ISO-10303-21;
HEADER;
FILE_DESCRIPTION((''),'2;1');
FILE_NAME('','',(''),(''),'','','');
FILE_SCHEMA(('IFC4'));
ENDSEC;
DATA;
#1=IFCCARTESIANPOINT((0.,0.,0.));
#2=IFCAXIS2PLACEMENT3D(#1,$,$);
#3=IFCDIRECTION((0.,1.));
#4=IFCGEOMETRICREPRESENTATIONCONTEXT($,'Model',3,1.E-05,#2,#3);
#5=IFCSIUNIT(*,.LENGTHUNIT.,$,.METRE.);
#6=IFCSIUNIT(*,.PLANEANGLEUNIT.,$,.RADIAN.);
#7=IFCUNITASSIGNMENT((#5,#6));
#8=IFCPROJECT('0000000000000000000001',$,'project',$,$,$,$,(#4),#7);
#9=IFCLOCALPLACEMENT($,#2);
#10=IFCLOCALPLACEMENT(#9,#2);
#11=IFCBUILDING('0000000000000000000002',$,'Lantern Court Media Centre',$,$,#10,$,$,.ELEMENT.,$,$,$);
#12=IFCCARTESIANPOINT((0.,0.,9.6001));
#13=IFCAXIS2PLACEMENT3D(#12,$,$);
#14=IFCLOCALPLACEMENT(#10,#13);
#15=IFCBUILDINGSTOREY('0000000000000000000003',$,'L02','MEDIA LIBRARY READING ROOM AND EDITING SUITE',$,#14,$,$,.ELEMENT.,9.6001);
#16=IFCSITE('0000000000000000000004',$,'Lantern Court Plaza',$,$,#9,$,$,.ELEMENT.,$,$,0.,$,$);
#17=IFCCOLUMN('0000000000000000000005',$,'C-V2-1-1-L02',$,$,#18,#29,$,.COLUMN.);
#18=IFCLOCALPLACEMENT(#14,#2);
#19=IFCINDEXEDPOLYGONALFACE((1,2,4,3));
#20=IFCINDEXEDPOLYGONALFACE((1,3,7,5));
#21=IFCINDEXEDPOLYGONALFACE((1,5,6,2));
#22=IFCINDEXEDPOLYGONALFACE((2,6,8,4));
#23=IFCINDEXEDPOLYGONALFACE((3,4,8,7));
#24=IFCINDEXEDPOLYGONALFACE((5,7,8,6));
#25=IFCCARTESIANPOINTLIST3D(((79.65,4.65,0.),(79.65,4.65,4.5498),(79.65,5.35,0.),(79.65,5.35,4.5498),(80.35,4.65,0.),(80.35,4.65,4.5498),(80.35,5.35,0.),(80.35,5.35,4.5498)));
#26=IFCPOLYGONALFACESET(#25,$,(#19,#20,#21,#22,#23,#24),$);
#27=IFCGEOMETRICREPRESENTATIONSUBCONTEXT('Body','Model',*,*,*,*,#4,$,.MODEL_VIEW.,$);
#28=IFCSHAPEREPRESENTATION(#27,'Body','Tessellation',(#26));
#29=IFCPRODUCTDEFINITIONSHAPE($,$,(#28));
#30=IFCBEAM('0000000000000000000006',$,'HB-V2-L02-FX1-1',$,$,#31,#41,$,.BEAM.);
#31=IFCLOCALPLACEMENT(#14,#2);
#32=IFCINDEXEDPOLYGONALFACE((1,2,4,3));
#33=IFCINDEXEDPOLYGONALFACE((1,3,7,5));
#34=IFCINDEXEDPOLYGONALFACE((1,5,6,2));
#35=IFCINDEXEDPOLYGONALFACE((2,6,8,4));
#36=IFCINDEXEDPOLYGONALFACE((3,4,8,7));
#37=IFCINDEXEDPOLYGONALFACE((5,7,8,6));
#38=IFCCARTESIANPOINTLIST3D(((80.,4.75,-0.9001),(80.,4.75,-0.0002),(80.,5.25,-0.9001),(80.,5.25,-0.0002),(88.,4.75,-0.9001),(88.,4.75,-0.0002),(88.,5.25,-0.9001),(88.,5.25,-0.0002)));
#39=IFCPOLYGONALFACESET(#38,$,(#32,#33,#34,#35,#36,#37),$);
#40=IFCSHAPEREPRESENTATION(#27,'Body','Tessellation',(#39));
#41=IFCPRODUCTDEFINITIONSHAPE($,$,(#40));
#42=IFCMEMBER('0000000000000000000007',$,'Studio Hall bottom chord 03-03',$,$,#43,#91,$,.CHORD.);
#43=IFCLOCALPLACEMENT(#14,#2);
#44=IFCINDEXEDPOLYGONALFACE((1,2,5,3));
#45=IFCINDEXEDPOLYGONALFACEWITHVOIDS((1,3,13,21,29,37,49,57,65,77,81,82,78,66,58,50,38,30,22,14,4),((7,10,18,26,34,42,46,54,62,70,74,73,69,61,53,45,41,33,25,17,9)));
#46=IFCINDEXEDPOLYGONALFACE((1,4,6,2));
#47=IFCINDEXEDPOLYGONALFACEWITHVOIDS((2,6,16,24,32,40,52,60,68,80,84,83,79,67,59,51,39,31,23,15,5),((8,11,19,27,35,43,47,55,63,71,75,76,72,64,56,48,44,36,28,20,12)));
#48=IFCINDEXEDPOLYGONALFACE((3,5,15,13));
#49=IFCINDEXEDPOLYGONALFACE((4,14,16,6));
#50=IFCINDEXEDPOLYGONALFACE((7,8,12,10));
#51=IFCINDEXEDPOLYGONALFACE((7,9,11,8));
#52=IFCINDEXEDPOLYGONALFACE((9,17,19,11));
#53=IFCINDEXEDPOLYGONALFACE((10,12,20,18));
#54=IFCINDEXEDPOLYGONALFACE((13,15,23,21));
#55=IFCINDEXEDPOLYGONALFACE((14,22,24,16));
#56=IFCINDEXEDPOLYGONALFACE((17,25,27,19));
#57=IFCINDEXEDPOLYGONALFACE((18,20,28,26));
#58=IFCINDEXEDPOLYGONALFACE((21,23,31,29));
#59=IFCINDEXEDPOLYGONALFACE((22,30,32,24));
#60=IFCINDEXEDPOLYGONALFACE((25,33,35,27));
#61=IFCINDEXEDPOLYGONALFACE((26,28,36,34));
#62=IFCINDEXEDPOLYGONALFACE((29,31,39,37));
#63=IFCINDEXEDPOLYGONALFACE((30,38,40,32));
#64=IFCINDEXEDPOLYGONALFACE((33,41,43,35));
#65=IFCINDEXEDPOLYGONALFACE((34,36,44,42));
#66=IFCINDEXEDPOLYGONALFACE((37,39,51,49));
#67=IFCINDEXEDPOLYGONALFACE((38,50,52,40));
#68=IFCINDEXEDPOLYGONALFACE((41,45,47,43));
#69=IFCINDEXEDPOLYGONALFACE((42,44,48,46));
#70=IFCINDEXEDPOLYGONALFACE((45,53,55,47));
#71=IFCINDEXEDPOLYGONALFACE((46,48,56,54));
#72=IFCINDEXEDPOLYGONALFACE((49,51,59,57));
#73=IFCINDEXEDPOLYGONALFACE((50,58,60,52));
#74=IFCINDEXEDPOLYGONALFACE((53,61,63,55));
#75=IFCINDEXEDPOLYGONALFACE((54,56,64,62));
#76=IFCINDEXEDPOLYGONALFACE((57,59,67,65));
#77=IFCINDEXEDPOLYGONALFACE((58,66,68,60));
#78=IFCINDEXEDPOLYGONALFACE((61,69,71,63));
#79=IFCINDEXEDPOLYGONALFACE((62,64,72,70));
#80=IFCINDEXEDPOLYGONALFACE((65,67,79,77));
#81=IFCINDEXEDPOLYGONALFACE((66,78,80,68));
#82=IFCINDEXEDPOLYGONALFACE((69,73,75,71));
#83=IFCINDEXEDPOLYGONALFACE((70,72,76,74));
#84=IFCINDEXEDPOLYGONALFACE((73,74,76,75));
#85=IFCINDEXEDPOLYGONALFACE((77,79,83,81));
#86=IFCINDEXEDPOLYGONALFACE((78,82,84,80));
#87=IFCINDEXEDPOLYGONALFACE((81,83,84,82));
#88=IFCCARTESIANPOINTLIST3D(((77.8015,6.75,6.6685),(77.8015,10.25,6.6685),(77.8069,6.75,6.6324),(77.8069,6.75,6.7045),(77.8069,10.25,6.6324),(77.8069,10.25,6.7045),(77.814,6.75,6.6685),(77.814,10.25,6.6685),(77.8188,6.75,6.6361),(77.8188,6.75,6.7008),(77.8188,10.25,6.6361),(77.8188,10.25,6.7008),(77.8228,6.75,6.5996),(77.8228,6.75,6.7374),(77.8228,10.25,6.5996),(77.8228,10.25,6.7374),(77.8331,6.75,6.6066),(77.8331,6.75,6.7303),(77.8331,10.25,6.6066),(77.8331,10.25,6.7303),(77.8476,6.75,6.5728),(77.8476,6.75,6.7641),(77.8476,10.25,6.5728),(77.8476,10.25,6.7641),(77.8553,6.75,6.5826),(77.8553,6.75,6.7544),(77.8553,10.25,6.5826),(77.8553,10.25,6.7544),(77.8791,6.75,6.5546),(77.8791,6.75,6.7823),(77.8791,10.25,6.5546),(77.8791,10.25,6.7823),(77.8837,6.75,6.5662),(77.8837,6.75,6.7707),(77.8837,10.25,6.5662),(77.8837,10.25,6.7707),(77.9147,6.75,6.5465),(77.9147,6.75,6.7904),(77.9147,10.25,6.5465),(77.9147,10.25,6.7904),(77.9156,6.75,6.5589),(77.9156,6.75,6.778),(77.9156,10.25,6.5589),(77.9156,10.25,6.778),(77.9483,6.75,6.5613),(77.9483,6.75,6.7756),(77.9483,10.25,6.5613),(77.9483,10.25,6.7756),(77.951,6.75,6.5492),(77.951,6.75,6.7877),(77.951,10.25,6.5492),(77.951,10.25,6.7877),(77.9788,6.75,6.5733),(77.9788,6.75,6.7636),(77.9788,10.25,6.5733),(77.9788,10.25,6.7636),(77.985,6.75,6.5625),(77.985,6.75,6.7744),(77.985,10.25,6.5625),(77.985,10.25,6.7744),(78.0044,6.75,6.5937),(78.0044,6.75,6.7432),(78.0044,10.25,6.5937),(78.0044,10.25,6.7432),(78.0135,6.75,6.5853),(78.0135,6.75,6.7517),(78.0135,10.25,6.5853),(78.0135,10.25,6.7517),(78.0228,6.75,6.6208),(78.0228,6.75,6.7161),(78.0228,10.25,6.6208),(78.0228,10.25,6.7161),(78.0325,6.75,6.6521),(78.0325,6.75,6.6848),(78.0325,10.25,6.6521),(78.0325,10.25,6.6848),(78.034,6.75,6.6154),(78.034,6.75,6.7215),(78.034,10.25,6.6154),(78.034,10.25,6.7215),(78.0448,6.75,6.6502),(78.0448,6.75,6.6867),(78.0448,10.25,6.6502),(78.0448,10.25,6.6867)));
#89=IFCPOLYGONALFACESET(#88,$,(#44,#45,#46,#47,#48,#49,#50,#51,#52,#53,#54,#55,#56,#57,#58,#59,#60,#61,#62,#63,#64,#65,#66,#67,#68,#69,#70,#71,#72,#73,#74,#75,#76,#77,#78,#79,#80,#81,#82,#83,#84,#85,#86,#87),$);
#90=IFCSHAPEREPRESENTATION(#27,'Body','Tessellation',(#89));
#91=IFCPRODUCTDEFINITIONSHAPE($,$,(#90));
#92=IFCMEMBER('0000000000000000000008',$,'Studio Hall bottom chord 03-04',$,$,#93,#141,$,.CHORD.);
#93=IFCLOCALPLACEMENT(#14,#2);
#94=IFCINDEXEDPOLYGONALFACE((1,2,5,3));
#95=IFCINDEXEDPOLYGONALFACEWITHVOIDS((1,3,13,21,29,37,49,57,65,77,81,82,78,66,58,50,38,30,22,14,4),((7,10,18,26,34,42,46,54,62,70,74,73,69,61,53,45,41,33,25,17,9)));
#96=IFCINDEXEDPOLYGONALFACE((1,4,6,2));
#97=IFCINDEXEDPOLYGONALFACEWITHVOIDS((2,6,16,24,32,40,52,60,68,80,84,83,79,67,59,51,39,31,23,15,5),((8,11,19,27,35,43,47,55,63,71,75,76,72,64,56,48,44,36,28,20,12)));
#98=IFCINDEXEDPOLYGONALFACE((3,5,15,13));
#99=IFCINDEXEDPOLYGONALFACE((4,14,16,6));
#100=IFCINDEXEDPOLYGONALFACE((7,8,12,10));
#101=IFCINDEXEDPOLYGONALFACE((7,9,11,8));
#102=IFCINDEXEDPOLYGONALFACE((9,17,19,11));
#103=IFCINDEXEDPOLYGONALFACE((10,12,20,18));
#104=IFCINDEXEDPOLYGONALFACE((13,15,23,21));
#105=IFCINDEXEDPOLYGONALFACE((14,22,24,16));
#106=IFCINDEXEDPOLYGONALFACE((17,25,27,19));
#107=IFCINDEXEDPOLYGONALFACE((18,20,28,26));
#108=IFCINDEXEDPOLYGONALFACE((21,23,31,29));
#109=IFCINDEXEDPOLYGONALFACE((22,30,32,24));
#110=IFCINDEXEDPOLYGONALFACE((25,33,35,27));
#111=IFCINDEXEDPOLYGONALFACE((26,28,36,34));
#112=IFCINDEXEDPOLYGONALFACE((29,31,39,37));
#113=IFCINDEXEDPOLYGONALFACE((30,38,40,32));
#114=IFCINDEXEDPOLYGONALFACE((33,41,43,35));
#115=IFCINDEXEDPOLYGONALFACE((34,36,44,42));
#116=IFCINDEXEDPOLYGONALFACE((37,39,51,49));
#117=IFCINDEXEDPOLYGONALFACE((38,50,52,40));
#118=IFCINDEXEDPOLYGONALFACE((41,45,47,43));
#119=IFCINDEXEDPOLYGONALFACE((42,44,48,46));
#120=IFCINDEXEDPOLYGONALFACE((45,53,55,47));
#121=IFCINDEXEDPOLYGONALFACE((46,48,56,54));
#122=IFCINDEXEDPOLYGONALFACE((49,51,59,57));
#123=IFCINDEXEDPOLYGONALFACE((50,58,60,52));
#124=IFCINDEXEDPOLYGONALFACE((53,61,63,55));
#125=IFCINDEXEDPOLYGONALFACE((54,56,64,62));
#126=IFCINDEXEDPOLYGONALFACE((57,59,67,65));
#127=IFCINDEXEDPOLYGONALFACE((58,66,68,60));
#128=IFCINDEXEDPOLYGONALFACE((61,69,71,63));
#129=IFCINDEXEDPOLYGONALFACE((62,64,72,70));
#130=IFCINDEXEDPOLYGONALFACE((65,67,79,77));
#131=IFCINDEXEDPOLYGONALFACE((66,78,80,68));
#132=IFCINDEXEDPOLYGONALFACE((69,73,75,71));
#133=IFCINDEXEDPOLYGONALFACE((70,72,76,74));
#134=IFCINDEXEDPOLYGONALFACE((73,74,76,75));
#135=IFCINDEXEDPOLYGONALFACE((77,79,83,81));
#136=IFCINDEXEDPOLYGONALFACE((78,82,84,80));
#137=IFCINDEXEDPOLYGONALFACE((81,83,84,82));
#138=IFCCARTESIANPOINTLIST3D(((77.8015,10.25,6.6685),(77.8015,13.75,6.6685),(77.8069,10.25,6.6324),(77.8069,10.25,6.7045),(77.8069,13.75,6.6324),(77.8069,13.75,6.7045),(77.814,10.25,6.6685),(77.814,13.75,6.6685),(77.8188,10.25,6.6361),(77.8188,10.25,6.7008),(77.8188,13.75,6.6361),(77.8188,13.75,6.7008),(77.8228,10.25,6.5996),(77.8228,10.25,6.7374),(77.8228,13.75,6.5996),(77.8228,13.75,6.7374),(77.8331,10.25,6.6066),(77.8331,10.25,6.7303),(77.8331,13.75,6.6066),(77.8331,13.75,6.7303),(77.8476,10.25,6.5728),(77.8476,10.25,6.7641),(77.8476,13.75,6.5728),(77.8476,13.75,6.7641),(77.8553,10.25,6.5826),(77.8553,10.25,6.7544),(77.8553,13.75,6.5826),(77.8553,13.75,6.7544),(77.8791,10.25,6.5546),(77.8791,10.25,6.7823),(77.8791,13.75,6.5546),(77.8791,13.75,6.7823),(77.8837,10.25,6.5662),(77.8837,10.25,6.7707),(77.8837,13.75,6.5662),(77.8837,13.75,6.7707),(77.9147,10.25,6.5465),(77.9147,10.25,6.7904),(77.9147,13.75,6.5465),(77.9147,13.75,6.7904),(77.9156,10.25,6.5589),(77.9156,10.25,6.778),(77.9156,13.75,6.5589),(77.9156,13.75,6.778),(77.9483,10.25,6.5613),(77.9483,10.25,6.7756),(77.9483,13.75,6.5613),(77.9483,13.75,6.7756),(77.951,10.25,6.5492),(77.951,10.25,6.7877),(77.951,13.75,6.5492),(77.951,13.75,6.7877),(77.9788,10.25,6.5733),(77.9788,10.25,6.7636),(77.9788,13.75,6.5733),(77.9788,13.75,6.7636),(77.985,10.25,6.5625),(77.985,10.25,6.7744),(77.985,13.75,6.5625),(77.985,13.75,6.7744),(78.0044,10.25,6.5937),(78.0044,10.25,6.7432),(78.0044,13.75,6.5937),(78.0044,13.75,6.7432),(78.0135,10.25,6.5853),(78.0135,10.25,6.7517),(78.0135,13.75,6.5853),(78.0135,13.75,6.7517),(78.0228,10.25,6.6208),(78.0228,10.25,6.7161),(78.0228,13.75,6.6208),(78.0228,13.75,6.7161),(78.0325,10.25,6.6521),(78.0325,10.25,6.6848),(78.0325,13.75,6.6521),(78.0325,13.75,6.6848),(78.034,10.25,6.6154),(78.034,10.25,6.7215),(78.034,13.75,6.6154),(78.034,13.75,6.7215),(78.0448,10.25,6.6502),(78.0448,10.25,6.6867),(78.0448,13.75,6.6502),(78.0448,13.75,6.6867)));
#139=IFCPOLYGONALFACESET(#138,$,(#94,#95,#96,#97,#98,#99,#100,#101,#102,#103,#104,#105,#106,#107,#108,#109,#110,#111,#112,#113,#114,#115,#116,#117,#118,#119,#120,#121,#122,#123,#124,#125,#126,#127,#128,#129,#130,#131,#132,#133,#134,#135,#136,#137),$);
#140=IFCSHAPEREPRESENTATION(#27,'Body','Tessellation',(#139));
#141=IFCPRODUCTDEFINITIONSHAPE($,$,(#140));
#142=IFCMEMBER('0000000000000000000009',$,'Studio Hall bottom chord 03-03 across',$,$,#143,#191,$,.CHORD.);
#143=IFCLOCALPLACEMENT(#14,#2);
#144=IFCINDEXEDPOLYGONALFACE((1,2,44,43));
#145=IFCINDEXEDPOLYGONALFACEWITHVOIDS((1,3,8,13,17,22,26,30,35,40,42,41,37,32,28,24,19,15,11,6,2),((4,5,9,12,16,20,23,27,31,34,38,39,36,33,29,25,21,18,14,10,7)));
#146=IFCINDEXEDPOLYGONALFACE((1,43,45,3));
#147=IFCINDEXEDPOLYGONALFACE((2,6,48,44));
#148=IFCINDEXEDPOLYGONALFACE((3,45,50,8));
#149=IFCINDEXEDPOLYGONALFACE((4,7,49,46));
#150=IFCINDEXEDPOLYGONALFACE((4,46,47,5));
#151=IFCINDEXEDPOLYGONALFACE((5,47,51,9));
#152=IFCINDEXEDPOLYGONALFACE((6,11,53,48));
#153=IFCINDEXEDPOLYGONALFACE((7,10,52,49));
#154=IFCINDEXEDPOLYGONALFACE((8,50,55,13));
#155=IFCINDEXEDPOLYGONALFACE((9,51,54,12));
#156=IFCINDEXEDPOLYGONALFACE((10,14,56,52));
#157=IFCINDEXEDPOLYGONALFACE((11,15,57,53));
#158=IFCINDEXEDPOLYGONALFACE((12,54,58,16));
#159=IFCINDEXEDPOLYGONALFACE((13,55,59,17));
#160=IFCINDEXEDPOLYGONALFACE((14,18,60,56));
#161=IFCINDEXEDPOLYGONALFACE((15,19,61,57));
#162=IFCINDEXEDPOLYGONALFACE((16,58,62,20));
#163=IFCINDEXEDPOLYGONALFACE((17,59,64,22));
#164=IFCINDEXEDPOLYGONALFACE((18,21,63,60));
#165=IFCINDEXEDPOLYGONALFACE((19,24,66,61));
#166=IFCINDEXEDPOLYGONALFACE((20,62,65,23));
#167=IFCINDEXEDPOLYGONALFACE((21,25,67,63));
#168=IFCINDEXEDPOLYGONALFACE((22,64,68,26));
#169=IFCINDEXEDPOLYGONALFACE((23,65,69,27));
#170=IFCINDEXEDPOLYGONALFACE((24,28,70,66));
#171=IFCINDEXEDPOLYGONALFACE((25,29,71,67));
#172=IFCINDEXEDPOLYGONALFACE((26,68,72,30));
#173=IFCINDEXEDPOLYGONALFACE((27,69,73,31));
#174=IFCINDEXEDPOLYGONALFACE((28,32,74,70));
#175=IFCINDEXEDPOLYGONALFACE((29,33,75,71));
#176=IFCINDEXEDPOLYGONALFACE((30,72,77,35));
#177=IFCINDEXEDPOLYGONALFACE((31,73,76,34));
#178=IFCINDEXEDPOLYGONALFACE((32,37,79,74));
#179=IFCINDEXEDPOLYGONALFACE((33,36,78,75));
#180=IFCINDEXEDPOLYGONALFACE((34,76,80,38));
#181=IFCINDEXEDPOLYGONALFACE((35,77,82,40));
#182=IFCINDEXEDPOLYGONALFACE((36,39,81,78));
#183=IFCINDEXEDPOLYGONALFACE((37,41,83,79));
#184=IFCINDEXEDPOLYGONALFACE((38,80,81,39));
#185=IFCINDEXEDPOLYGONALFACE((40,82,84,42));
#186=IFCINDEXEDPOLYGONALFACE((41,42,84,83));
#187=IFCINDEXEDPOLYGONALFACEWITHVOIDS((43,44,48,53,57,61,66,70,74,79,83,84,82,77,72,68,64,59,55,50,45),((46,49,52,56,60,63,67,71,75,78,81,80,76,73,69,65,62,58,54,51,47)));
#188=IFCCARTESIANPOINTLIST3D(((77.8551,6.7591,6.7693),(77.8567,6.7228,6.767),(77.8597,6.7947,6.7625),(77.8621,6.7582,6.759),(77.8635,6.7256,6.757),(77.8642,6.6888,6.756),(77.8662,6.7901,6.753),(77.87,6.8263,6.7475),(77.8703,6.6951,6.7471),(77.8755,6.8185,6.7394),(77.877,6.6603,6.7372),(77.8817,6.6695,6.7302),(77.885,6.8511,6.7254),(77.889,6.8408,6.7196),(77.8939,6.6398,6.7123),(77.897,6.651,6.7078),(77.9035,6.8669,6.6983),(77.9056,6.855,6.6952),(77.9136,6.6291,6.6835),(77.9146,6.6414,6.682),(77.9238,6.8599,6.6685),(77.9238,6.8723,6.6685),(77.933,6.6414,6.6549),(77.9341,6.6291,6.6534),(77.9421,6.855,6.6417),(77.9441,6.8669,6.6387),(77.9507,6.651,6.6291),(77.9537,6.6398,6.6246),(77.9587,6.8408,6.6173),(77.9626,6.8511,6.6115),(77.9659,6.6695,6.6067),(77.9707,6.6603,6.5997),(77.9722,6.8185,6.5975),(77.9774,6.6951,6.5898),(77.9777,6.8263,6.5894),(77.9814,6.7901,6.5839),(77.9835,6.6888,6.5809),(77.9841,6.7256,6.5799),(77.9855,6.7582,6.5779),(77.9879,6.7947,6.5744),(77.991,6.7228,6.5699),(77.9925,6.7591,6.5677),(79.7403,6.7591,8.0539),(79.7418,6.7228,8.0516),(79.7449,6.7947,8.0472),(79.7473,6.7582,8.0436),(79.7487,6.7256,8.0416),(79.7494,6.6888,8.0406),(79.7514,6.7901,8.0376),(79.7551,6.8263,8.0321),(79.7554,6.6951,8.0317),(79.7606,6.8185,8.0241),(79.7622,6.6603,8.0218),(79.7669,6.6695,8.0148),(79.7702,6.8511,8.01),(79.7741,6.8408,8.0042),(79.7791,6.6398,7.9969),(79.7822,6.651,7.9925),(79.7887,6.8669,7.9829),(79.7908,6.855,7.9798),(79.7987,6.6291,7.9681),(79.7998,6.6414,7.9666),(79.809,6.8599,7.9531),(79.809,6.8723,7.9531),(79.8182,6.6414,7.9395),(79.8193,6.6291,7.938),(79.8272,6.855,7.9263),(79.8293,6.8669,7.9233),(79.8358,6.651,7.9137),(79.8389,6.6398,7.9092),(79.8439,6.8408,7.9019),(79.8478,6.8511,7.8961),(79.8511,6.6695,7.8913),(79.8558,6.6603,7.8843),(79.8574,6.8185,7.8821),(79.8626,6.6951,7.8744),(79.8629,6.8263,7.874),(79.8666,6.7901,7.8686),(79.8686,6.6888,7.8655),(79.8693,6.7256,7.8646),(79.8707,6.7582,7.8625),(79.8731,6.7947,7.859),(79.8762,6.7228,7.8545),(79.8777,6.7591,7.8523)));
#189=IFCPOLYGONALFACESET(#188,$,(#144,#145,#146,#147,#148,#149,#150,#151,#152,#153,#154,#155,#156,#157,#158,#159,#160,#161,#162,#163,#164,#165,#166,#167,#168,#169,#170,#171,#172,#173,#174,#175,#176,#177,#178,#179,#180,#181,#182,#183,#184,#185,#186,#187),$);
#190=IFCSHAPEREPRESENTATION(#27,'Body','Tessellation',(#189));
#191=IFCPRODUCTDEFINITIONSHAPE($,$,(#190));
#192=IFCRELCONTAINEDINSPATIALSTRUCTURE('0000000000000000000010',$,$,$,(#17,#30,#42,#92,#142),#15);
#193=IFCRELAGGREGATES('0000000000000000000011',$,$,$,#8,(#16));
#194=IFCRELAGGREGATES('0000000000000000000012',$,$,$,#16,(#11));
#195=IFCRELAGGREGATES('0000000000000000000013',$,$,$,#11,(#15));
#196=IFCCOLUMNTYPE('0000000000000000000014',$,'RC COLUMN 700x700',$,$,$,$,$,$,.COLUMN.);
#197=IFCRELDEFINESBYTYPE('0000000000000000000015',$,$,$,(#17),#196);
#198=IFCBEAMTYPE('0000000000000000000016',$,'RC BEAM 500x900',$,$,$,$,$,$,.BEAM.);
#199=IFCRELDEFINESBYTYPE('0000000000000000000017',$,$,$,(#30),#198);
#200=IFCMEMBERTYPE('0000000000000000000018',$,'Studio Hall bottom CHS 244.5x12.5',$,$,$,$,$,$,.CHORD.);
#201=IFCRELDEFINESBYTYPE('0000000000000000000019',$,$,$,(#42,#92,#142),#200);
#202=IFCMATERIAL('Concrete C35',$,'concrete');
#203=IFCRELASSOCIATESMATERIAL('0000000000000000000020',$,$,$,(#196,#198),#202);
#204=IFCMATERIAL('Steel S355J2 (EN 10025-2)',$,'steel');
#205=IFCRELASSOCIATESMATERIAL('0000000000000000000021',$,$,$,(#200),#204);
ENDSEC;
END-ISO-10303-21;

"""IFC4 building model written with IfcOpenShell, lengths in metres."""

from ifc_helpers import new_model, si_unit, direction, frame, origin, origin_2d, place, context, subcontext, project, spatial, rectangle, hollow_circle, extrude, material, material_profile, profile_set, type_object, element, save


model = new_model("IFC4")

# Units and contexts
model_context = context("Model", 3, precision=1e-05, world=origin(), true_north=direction((0.0, 1.0)))
body_context = subcontext(model_context, "Body", "Model", "MODEL_VIEW")
ifc_project = project(units=[si_unit("LENGTHUNIT", "METRE"), si_unit("PLANEANGLEUNIT", "RADIAN")], contexts=[model_context])

# Site, building, storey
site_placement = place(None, origin())
site = spatial("IfcSite", under=ifc_project, at=site_placement, Name="Lantern Court Plaza", CompositionType="ELEMENT", RefElevation=0.0)
building_placement = place(site_placement, origin())
building = spatial("IfcBuilding", under=site, at=building_placement, Name="Lantern Court Media Centre", CompositionType="ELEMENT")
storey_placement = place(building_placement, frame((0.0, 0.0, 9.6001)))
storey = spatial("IfcBuildingStorey", under=building, at=storey_placement, Name="L02", Description="MEDIA LIBRARY READING ROOM AND EDITING SUITE", CompositionType="ELEMENT", Elevation=9.6001)

# Column
ifc_material_1 = material(Name="Concrete C35", Category="concrete")
ifc_material_profile_1 = material_profile(ifc_material_1, rectangle(XDim=0.7, YDim=0.7, at=origin_2d()), Name="RC 700x700")
ifc_profile_set_1 = profile_set([ifc_material_profile_1], Name="Concrete C35")
column_type = type_object("IfcColumnType", Name="RC COLUMN 700x700", PredefinedType="COLUMN", material=ifc_profile_set_1)
column_placement = place(storey_placement, frame((80.0, 5.0, 0.0), z_axis=(0.0, 0.0, 1.0), x_axis=(1.0, 0.0, 0.0)))
element("IfcColumn", 1, at=column_placement, inside=storey, type_object=column_type, Name="C-V2-1-1-L02", PredefinedType="COLUMN", context=body_context, shape_type="SweptSolid", body=[
    extrude(rectangle(XDim=0.7, YDim=0.7, at=origin_2d()), origin(), (0.0, 0.0, 1.0), 4.5498),
])

# Beam
ifc_material_profile_2 = material_profile(ifc_material_1, rectangle(XDim=0.5, YDim=0.8999, at=origin_2d()), Name="RC 500x900")
ifc_profile_set_2 = profile_set([ifc_material_profile_2], Name="Concrete C35")
beam_type = type_object("IfcBeamType", Name="RC BEAM 500x900", PredefinedType="BEAM", material=ifc_profile_set_2)
beam_placement = place(storey_placement, frame((80.0, 5.0, -0.4502), z_axis=(1.0, 0.0, 0.0), x_axis=(0.0, 1.0, 0.0)))
element("IfcBeam", 2, at=beam_placement, inside=storey, type_object=beam_type, Name="HB-V2-L02-FX1-1", PredefinedType="BEAM", context=body_context, shape_type="SweptSolid", body=[
    extrude(rectangle(XDim=0.5, YDim=0.8999, at=origin_2d()), origin(), (0.0, 0.0, 1.0), 8.0),
])

# Members
ifc_material_2 = material(Name="Steel S355J2 (EN 10025-2)", Category="steel")
ifc_material_profile_3 = material_profile(ifc_material_2, hollow_circle(Radius=0.1223, WallThickness=0.0125, at=origin_2d()), Name="Studio Hall bottom CHS 244.5x12.5")
ifc_profile_set_3 = profile_set([ifc_material_profile_3], Name="Steel S355J2 (EN 10025-2)")
member_type_1 = type_object("IfcMemberType", Name="Studio Hall bottom CHS 244.5x12.5", PredefinedType="CHORD", material=ifc_profile_set_3)
for number, where, z_axis, x_axis, name in (
    (3, (77.9238, 6.75, 6.6685), (0.0, 1.0, 0.0), (-1.0, 0.0, 0.0), "Studio Hall bottom chord 03-03"),
    (4, (77.9238, 10.25, 6.6685), (0.0, 1.0, 0.0), (-1.0, 0.0, 0.0), "Studio Hall bottom chord 03-04"),
):
    element("IfcMember", number, at=place(storey_placement, frame(where, z_axis=z_axis, x_axis=x_axis)), inside=storey, type_object=member_type_1, Name=name, PredefinedType="CHORD", context=body_context, shape_type="SweptSolid", body=[
        extrude(hollow_circle(Radius=0.1223, WallThickness=0.0125, at=origin_2d()), origin(), (0.0, 0.0, 1.0), 3.5),
    ])
for number, where, z_axis, x_axis, name in (
    (5, (77.9238, 6.75, 6.6685), (0.826377, 0.0, 0.563118), (0.0, 1.0, 0.0), "Studio Hall bottom chord 03-03 across"),
):
    element("IfcMember", number, at=place(storey_placement, frame(where, z_axis=z_axis, x_axis=x_axis)), inside=storey, type_object=member_type_1, Name=name, PredefinedType="CHORD", context=body_context, shape_type="SweptSolid", body=[
        extrude(hollow_circle(Radius=0.1223, WallThickness=0.0125, at=origin_2d()), origin(), (0.0, 0.0, 1.0), 2.2812),
    ])

save(model, "model.ifc")
